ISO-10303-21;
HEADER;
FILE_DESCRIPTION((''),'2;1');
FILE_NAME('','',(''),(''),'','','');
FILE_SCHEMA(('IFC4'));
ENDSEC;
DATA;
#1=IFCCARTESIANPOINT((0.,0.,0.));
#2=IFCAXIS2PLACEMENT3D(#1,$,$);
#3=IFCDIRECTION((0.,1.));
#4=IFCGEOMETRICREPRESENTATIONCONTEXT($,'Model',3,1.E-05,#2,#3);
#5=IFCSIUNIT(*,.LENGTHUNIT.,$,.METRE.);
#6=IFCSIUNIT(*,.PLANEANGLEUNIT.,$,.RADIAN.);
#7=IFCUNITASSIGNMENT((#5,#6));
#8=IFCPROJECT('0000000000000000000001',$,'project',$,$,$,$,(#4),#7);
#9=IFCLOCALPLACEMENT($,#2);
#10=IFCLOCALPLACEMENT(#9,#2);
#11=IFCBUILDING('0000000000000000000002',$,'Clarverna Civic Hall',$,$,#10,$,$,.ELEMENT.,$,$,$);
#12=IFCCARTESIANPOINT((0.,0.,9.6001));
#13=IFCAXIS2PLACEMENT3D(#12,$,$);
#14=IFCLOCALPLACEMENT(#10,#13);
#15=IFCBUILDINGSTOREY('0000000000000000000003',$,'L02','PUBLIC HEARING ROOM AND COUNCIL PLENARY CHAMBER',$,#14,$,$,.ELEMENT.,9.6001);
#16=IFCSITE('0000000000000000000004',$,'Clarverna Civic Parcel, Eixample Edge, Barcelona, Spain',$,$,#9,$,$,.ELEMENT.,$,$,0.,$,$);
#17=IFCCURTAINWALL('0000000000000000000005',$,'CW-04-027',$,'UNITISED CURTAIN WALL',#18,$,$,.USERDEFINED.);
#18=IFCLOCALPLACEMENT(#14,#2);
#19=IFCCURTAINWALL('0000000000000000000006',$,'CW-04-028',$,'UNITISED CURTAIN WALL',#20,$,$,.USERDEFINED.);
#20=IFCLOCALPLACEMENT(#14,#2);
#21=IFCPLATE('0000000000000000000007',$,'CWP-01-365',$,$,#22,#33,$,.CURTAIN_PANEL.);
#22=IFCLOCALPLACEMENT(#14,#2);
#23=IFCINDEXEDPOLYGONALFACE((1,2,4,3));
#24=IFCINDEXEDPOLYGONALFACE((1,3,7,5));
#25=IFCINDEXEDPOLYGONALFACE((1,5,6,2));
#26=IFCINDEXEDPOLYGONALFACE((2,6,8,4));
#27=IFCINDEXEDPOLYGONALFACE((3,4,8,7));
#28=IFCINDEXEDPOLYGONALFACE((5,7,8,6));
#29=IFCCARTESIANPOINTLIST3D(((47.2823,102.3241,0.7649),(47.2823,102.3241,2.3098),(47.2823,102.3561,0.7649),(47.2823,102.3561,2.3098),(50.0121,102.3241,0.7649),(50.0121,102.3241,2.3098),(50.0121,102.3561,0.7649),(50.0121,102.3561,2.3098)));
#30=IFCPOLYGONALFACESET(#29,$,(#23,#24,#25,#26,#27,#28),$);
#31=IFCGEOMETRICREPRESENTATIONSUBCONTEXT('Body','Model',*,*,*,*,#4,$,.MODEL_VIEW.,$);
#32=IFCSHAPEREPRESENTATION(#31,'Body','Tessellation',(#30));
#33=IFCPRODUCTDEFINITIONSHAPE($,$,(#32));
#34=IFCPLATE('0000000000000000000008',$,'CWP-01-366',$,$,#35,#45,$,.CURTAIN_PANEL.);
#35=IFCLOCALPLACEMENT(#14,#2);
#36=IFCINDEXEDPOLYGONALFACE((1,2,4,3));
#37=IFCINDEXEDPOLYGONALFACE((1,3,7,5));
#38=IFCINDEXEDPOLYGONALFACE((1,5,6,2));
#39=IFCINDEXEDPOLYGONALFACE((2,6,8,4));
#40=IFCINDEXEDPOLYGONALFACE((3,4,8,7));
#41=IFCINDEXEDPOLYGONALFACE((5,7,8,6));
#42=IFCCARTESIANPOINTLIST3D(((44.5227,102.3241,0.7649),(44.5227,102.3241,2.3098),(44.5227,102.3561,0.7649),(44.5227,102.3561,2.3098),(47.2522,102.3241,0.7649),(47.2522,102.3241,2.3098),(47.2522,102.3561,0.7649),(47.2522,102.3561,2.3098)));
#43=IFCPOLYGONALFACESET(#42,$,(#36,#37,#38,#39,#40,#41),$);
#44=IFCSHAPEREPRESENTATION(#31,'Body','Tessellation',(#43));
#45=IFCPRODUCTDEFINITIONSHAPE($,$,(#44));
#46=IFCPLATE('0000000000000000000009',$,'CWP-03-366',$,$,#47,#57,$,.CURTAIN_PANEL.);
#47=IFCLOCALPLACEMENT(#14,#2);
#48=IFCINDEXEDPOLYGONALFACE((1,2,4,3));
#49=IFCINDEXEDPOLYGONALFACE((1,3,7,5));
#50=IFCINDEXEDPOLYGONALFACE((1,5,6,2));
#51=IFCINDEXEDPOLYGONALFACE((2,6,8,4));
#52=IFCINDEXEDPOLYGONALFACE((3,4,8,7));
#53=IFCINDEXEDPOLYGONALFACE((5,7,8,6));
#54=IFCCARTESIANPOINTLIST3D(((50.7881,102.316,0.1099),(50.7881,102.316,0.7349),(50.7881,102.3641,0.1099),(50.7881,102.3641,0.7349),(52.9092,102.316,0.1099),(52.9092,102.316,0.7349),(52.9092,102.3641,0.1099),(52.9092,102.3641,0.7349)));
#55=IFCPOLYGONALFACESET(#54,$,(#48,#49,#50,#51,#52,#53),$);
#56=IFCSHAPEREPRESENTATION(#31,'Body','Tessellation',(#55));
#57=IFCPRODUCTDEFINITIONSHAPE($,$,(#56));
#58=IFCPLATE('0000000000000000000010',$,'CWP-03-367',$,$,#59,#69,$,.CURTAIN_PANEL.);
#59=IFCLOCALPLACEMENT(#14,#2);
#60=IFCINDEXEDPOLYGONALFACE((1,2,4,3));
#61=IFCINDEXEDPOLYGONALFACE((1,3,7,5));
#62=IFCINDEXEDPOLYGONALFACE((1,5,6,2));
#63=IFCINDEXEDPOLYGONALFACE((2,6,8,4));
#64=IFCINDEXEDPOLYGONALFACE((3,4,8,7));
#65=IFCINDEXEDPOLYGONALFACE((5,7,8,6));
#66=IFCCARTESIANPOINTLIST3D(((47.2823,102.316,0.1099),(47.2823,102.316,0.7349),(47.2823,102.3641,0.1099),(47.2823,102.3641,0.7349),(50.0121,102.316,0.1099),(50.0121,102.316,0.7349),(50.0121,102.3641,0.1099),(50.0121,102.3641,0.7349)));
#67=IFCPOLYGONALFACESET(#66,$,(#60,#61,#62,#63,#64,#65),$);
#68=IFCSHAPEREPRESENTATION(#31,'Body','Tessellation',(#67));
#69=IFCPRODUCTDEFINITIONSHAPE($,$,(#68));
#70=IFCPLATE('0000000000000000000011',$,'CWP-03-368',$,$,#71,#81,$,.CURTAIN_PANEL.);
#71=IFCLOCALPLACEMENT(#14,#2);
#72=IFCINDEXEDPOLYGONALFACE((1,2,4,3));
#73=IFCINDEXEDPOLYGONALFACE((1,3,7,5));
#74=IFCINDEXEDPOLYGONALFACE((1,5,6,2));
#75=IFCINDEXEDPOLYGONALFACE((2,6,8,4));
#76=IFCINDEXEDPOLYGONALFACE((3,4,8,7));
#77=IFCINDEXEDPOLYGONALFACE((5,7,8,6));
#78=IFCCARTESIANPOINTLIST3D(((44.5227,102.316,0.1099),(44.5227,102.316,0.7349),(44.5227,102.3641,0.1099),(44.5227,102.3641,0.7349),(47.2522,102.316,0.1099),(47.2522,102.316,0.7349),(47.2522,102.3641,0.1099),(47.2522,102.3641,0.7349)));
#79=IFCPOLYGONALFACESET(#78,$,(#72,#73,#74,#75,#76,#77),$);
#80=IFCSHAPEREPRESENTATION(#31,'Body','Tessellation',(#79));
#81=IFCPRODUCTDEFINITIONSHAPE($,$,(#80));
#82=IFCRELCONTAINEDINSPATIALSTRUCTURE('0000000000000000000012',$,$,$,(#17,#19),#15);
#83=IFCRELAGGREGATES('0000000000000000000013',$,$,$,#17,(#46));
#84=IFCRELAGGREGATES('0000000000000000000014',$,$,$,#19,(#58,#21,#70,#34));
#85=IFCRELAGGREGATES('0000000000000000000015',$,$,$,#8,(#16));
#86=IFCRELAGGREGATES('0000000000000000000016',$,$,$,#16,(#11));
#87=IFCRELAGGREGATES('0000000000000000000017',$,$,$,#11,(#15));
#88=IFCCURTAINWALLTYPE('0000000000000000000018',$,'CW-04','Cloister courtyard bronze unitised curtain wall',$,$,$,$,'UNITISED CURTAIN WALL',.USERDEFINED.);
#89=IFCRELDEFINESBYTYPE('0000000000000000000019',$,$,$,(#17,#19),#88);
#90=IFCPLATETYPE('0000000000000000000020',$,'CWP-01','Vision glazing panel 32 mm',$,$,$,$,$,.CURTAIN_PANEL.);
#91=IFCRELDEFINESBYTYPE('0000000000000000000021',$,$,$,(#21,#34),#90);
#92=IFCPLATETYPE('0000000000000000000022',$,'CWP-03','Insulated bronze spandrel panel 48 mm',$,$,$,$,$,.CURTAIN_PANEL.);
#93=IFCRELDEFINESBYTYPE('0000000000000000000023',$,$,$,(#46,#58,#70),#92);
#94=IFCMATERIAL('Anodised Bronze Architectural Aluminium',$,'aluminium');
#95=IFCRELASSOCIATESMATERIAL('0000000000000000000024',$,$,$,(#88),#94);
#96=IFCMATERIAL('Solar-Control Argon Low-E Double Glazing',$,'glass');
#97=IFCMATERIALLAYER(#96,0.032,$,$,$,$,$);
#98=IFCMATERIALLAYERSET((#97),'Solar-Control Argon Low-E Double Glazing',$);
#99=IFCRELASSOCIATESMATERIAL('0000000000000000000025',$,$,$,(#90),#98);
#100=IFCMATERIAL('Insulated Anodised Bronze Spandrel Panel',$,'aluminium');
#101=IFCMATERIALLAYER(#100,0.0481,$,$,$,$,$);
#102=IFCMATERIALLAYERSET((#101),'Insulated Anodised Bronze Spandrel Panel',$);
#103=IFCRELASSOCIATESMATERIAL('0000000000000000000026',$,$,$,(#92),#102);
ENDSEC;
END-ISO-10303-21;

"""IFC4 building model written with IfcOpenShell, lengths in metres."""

from ifc_helpers import new_model, si_unit, direction, frame, frame_2d, origin, place, context, subcontext, project, spatial, rectangle, extrude, material, layer, layer_set, type_object, element, aggregate, save


model = new_model("IFC4")

# Units and contexts
model_context = context("Model", 3, precision=1e-05, world=origin(), true_north=direction((0.0, 1.0)))
body_context = subcontext(model_context, "Body", "Model", "MODEL_VIEW")
ifc_project = project(units=[si_unit("LENGTHUNIT", "METRE"), si_unit("PLANEANGLEUNIT", "RADIAN")], contexts=[model_context])

# Site, building, storey
site_placement = place(None, origin())
site = spatial("IfcSite", under=ifc_project, at=site_placement, Name="Clarverna Civic Parcel, Eixample Edge, Barcelona, Spain", CompositionType="ELEMENT", RefElevation=0.0)
building_placement = place(site_placement, origin())
building = spatial("IfcBuilding", under=site, at=building_placement, Name="Clarverna Civic Hall", CompositionType="ELEMENT")
storey_placement = place(building_placement, frame((0.0, 0.0, 9.6001)))
storey = spatial("IfcBuildingStorey", under=building, at=storey_placement, Name="L02", Description="PUBLIC HEARING ROOM AND COUNCIL PLENARY CHAMBER", CompositionType="ELEMENT", Elevation=9.6001)

# Curtain walls
ifc_material_1 = material(Name="Anodised Bronze Architectural Aluminium", Category="aluminium")
curtain_wall_type = type_object("IfcCurtainWallType", Name="CW-04", Description="Cloister courtyard bronze unitised curtain wall", ElementType="UNITISED CURTAIN WALL", PredefinedType="USERDEFINED", material=ifc_material_1)
curtain_wall_1_placement = place(storey_placement, origin())
curtain_wall_1 = element("IfcCurtainWall", 1, at=curtain_wall_1_placement, inside=storey, type_object=curtain_wall_type, Name="CW-04-027", ObjectType="UNITISED CURTAIN WALL", PredefinedType="USERDEFINED")
curtain_wall_2_placement = place(storey_placement, origin())
curtain_wall_2 = element("IfcCurtainWall", 2, at=curtain_wall_2_placement, inside=storey, type_object=curtain_wall_type, Name="CW-04-028", ObjectType="UNITISED CURTAIN WALL", PredefinedType="USERDEFINED")

# Plates
ifc_material_2 = material(Name="Solar-Control Argon Low-E Double Glazing", Category="glass")
ifc_layer_1 = layer(ifc_material_2, 0.032)
ifc_layer_set_1 = layer_set([ifc_layer_1], Name="Solar-Control Argon Low-E Double Glazing")
plate_type_1 = type_object("IfcPlateType", Name="CWP-01", Description="Vision glazing panel 32 mm", PredefinedType="CURTAIN_PANEL", material=ifc_layer_set_1)
plate_1_placement = place(storey_placement, frame((50.012, 102.3401, 0.7649), z_axis=(0.0, 0.0, 1.0), x_axis=(-1.0, 0.0, 0.0)))
plate_1 = element("IfcPlate", 3, at=plate_1_placement, type_object=plate_type_1, Name="CWP-01-365", PredefinedType="CURTAIN_PANEL", context=body_context, shape_type="SweptSolid", body=[
    extrude(rectangle(XDim=2.7297, YDim=0.032, at=frame_2d((1.3647, 0.0))), origin(), (0.0, 0.0, 1.0), 1.5449),
])
plate_2_placement = place(storey_placement, frame((47.2522, 102.3401, 0.7649), z_axis=(0.0, 0.0, 1.0), x_axis=(-1.0, 0.0, 0.0)))
plate_2 = element("IfcPlate", 4, at=plate_2_placement, type_object=plate_type_1, Name="CWP-01-366", PredefinedType="CURTAIN_PANEL", context=body_context, shape_type="SweptSolid", body=[
    extrude(rectangle(XDim=2.7295, YDim=0.032, at=frame_2d((1.3647, 0.0))), origin(), (0.0, 0.0, 1.0), 1.5449),
])
ifc_material_3 = material(Name="Insulated Anodised Bronze Spandrel Panel", Category="aluminium")
ifc_layer_2 = layer(ifc_material_3, 0.0481)
ifc_layer_set_2 = layer_set([ifc_layer_2], Name="Insulated Anodised Bronze Spandrel Panel")
plate_type_2 = type_object("IfcPlateType", Name="CWP-03", Description="Insulated bronze spandrel panel 48 mm", PredefinedType="CURTAIN_PANEL", material=ifc_layer_set_2)
plate_3_placement = place(storey_placement, frame((52.9092, 102.3401, 0.1099), z_axis=(0.0, 0.0, 1.0), x_axis=(-1.0, 0.0, 0.0)))
plate_3 = element("IfcPlate", 5, at=plate_3_placement, type_object=plate_type_2, Name="CWP-03-366", PredefinedType="CURTAIN_PANEL", context=body_context, shape_type="SweptSolid", body=[
    extrude(rectangle(XDim=2.1211, YDim=0.0481, at=frame_2d((1.0605, 0.0))), origin(), (0.0, 0.0, 1.0), 0.625),
])
aggregate(curtain_wall_1, [plate_3])
plate_4_placement = place(storey_placement, frame((50.012, 102.3401, 0.1099), z_axis=(0.0, 0.0, 1.0), x_axis=(-1.0, 0.0, 0.0)))
plate_4 = element("IfcPlate", 6, at=plate_4_placement, type_object=plate_type_2, Name="CWP-03-367", PredefinedType="CURTAIN_PANEL", context=body_context, shape_type="SweptSolid", body=[
    extrude(rectangle(XDim=2.7297, YDim=0.0481, at=frame_2d((1.3647, 0.0))), origin(), (0.0, 0.0, 1.0), 0.625),
])
plate_5_placement = place(storey_placement, frame((47.2522, 102.3401, 0.1099), z_axis=(0.0, 0.0, 1.0), x_axis=(-1.0, 0.0, 0.0)))
plate_5 = element("IfcPlate", 7, at=plate_5_placement, type_object=plate_type_2, Name="CWP-03-368", PredefinedType="CURTAIN_PANEL", context=body_context, shape_type="SweptSolid", body=[
    extrude(rectangle(XDim=2.7295, YDim=0.0481, at=frame_2d((1.3647, 0.0))), origin(), (0.0, 0.0, 1.0), 0.625),
])
aggregate(curtain_wall_2, [plate_4, plate_1, plate_5, plate_2])

save(model, "model.ifc")
